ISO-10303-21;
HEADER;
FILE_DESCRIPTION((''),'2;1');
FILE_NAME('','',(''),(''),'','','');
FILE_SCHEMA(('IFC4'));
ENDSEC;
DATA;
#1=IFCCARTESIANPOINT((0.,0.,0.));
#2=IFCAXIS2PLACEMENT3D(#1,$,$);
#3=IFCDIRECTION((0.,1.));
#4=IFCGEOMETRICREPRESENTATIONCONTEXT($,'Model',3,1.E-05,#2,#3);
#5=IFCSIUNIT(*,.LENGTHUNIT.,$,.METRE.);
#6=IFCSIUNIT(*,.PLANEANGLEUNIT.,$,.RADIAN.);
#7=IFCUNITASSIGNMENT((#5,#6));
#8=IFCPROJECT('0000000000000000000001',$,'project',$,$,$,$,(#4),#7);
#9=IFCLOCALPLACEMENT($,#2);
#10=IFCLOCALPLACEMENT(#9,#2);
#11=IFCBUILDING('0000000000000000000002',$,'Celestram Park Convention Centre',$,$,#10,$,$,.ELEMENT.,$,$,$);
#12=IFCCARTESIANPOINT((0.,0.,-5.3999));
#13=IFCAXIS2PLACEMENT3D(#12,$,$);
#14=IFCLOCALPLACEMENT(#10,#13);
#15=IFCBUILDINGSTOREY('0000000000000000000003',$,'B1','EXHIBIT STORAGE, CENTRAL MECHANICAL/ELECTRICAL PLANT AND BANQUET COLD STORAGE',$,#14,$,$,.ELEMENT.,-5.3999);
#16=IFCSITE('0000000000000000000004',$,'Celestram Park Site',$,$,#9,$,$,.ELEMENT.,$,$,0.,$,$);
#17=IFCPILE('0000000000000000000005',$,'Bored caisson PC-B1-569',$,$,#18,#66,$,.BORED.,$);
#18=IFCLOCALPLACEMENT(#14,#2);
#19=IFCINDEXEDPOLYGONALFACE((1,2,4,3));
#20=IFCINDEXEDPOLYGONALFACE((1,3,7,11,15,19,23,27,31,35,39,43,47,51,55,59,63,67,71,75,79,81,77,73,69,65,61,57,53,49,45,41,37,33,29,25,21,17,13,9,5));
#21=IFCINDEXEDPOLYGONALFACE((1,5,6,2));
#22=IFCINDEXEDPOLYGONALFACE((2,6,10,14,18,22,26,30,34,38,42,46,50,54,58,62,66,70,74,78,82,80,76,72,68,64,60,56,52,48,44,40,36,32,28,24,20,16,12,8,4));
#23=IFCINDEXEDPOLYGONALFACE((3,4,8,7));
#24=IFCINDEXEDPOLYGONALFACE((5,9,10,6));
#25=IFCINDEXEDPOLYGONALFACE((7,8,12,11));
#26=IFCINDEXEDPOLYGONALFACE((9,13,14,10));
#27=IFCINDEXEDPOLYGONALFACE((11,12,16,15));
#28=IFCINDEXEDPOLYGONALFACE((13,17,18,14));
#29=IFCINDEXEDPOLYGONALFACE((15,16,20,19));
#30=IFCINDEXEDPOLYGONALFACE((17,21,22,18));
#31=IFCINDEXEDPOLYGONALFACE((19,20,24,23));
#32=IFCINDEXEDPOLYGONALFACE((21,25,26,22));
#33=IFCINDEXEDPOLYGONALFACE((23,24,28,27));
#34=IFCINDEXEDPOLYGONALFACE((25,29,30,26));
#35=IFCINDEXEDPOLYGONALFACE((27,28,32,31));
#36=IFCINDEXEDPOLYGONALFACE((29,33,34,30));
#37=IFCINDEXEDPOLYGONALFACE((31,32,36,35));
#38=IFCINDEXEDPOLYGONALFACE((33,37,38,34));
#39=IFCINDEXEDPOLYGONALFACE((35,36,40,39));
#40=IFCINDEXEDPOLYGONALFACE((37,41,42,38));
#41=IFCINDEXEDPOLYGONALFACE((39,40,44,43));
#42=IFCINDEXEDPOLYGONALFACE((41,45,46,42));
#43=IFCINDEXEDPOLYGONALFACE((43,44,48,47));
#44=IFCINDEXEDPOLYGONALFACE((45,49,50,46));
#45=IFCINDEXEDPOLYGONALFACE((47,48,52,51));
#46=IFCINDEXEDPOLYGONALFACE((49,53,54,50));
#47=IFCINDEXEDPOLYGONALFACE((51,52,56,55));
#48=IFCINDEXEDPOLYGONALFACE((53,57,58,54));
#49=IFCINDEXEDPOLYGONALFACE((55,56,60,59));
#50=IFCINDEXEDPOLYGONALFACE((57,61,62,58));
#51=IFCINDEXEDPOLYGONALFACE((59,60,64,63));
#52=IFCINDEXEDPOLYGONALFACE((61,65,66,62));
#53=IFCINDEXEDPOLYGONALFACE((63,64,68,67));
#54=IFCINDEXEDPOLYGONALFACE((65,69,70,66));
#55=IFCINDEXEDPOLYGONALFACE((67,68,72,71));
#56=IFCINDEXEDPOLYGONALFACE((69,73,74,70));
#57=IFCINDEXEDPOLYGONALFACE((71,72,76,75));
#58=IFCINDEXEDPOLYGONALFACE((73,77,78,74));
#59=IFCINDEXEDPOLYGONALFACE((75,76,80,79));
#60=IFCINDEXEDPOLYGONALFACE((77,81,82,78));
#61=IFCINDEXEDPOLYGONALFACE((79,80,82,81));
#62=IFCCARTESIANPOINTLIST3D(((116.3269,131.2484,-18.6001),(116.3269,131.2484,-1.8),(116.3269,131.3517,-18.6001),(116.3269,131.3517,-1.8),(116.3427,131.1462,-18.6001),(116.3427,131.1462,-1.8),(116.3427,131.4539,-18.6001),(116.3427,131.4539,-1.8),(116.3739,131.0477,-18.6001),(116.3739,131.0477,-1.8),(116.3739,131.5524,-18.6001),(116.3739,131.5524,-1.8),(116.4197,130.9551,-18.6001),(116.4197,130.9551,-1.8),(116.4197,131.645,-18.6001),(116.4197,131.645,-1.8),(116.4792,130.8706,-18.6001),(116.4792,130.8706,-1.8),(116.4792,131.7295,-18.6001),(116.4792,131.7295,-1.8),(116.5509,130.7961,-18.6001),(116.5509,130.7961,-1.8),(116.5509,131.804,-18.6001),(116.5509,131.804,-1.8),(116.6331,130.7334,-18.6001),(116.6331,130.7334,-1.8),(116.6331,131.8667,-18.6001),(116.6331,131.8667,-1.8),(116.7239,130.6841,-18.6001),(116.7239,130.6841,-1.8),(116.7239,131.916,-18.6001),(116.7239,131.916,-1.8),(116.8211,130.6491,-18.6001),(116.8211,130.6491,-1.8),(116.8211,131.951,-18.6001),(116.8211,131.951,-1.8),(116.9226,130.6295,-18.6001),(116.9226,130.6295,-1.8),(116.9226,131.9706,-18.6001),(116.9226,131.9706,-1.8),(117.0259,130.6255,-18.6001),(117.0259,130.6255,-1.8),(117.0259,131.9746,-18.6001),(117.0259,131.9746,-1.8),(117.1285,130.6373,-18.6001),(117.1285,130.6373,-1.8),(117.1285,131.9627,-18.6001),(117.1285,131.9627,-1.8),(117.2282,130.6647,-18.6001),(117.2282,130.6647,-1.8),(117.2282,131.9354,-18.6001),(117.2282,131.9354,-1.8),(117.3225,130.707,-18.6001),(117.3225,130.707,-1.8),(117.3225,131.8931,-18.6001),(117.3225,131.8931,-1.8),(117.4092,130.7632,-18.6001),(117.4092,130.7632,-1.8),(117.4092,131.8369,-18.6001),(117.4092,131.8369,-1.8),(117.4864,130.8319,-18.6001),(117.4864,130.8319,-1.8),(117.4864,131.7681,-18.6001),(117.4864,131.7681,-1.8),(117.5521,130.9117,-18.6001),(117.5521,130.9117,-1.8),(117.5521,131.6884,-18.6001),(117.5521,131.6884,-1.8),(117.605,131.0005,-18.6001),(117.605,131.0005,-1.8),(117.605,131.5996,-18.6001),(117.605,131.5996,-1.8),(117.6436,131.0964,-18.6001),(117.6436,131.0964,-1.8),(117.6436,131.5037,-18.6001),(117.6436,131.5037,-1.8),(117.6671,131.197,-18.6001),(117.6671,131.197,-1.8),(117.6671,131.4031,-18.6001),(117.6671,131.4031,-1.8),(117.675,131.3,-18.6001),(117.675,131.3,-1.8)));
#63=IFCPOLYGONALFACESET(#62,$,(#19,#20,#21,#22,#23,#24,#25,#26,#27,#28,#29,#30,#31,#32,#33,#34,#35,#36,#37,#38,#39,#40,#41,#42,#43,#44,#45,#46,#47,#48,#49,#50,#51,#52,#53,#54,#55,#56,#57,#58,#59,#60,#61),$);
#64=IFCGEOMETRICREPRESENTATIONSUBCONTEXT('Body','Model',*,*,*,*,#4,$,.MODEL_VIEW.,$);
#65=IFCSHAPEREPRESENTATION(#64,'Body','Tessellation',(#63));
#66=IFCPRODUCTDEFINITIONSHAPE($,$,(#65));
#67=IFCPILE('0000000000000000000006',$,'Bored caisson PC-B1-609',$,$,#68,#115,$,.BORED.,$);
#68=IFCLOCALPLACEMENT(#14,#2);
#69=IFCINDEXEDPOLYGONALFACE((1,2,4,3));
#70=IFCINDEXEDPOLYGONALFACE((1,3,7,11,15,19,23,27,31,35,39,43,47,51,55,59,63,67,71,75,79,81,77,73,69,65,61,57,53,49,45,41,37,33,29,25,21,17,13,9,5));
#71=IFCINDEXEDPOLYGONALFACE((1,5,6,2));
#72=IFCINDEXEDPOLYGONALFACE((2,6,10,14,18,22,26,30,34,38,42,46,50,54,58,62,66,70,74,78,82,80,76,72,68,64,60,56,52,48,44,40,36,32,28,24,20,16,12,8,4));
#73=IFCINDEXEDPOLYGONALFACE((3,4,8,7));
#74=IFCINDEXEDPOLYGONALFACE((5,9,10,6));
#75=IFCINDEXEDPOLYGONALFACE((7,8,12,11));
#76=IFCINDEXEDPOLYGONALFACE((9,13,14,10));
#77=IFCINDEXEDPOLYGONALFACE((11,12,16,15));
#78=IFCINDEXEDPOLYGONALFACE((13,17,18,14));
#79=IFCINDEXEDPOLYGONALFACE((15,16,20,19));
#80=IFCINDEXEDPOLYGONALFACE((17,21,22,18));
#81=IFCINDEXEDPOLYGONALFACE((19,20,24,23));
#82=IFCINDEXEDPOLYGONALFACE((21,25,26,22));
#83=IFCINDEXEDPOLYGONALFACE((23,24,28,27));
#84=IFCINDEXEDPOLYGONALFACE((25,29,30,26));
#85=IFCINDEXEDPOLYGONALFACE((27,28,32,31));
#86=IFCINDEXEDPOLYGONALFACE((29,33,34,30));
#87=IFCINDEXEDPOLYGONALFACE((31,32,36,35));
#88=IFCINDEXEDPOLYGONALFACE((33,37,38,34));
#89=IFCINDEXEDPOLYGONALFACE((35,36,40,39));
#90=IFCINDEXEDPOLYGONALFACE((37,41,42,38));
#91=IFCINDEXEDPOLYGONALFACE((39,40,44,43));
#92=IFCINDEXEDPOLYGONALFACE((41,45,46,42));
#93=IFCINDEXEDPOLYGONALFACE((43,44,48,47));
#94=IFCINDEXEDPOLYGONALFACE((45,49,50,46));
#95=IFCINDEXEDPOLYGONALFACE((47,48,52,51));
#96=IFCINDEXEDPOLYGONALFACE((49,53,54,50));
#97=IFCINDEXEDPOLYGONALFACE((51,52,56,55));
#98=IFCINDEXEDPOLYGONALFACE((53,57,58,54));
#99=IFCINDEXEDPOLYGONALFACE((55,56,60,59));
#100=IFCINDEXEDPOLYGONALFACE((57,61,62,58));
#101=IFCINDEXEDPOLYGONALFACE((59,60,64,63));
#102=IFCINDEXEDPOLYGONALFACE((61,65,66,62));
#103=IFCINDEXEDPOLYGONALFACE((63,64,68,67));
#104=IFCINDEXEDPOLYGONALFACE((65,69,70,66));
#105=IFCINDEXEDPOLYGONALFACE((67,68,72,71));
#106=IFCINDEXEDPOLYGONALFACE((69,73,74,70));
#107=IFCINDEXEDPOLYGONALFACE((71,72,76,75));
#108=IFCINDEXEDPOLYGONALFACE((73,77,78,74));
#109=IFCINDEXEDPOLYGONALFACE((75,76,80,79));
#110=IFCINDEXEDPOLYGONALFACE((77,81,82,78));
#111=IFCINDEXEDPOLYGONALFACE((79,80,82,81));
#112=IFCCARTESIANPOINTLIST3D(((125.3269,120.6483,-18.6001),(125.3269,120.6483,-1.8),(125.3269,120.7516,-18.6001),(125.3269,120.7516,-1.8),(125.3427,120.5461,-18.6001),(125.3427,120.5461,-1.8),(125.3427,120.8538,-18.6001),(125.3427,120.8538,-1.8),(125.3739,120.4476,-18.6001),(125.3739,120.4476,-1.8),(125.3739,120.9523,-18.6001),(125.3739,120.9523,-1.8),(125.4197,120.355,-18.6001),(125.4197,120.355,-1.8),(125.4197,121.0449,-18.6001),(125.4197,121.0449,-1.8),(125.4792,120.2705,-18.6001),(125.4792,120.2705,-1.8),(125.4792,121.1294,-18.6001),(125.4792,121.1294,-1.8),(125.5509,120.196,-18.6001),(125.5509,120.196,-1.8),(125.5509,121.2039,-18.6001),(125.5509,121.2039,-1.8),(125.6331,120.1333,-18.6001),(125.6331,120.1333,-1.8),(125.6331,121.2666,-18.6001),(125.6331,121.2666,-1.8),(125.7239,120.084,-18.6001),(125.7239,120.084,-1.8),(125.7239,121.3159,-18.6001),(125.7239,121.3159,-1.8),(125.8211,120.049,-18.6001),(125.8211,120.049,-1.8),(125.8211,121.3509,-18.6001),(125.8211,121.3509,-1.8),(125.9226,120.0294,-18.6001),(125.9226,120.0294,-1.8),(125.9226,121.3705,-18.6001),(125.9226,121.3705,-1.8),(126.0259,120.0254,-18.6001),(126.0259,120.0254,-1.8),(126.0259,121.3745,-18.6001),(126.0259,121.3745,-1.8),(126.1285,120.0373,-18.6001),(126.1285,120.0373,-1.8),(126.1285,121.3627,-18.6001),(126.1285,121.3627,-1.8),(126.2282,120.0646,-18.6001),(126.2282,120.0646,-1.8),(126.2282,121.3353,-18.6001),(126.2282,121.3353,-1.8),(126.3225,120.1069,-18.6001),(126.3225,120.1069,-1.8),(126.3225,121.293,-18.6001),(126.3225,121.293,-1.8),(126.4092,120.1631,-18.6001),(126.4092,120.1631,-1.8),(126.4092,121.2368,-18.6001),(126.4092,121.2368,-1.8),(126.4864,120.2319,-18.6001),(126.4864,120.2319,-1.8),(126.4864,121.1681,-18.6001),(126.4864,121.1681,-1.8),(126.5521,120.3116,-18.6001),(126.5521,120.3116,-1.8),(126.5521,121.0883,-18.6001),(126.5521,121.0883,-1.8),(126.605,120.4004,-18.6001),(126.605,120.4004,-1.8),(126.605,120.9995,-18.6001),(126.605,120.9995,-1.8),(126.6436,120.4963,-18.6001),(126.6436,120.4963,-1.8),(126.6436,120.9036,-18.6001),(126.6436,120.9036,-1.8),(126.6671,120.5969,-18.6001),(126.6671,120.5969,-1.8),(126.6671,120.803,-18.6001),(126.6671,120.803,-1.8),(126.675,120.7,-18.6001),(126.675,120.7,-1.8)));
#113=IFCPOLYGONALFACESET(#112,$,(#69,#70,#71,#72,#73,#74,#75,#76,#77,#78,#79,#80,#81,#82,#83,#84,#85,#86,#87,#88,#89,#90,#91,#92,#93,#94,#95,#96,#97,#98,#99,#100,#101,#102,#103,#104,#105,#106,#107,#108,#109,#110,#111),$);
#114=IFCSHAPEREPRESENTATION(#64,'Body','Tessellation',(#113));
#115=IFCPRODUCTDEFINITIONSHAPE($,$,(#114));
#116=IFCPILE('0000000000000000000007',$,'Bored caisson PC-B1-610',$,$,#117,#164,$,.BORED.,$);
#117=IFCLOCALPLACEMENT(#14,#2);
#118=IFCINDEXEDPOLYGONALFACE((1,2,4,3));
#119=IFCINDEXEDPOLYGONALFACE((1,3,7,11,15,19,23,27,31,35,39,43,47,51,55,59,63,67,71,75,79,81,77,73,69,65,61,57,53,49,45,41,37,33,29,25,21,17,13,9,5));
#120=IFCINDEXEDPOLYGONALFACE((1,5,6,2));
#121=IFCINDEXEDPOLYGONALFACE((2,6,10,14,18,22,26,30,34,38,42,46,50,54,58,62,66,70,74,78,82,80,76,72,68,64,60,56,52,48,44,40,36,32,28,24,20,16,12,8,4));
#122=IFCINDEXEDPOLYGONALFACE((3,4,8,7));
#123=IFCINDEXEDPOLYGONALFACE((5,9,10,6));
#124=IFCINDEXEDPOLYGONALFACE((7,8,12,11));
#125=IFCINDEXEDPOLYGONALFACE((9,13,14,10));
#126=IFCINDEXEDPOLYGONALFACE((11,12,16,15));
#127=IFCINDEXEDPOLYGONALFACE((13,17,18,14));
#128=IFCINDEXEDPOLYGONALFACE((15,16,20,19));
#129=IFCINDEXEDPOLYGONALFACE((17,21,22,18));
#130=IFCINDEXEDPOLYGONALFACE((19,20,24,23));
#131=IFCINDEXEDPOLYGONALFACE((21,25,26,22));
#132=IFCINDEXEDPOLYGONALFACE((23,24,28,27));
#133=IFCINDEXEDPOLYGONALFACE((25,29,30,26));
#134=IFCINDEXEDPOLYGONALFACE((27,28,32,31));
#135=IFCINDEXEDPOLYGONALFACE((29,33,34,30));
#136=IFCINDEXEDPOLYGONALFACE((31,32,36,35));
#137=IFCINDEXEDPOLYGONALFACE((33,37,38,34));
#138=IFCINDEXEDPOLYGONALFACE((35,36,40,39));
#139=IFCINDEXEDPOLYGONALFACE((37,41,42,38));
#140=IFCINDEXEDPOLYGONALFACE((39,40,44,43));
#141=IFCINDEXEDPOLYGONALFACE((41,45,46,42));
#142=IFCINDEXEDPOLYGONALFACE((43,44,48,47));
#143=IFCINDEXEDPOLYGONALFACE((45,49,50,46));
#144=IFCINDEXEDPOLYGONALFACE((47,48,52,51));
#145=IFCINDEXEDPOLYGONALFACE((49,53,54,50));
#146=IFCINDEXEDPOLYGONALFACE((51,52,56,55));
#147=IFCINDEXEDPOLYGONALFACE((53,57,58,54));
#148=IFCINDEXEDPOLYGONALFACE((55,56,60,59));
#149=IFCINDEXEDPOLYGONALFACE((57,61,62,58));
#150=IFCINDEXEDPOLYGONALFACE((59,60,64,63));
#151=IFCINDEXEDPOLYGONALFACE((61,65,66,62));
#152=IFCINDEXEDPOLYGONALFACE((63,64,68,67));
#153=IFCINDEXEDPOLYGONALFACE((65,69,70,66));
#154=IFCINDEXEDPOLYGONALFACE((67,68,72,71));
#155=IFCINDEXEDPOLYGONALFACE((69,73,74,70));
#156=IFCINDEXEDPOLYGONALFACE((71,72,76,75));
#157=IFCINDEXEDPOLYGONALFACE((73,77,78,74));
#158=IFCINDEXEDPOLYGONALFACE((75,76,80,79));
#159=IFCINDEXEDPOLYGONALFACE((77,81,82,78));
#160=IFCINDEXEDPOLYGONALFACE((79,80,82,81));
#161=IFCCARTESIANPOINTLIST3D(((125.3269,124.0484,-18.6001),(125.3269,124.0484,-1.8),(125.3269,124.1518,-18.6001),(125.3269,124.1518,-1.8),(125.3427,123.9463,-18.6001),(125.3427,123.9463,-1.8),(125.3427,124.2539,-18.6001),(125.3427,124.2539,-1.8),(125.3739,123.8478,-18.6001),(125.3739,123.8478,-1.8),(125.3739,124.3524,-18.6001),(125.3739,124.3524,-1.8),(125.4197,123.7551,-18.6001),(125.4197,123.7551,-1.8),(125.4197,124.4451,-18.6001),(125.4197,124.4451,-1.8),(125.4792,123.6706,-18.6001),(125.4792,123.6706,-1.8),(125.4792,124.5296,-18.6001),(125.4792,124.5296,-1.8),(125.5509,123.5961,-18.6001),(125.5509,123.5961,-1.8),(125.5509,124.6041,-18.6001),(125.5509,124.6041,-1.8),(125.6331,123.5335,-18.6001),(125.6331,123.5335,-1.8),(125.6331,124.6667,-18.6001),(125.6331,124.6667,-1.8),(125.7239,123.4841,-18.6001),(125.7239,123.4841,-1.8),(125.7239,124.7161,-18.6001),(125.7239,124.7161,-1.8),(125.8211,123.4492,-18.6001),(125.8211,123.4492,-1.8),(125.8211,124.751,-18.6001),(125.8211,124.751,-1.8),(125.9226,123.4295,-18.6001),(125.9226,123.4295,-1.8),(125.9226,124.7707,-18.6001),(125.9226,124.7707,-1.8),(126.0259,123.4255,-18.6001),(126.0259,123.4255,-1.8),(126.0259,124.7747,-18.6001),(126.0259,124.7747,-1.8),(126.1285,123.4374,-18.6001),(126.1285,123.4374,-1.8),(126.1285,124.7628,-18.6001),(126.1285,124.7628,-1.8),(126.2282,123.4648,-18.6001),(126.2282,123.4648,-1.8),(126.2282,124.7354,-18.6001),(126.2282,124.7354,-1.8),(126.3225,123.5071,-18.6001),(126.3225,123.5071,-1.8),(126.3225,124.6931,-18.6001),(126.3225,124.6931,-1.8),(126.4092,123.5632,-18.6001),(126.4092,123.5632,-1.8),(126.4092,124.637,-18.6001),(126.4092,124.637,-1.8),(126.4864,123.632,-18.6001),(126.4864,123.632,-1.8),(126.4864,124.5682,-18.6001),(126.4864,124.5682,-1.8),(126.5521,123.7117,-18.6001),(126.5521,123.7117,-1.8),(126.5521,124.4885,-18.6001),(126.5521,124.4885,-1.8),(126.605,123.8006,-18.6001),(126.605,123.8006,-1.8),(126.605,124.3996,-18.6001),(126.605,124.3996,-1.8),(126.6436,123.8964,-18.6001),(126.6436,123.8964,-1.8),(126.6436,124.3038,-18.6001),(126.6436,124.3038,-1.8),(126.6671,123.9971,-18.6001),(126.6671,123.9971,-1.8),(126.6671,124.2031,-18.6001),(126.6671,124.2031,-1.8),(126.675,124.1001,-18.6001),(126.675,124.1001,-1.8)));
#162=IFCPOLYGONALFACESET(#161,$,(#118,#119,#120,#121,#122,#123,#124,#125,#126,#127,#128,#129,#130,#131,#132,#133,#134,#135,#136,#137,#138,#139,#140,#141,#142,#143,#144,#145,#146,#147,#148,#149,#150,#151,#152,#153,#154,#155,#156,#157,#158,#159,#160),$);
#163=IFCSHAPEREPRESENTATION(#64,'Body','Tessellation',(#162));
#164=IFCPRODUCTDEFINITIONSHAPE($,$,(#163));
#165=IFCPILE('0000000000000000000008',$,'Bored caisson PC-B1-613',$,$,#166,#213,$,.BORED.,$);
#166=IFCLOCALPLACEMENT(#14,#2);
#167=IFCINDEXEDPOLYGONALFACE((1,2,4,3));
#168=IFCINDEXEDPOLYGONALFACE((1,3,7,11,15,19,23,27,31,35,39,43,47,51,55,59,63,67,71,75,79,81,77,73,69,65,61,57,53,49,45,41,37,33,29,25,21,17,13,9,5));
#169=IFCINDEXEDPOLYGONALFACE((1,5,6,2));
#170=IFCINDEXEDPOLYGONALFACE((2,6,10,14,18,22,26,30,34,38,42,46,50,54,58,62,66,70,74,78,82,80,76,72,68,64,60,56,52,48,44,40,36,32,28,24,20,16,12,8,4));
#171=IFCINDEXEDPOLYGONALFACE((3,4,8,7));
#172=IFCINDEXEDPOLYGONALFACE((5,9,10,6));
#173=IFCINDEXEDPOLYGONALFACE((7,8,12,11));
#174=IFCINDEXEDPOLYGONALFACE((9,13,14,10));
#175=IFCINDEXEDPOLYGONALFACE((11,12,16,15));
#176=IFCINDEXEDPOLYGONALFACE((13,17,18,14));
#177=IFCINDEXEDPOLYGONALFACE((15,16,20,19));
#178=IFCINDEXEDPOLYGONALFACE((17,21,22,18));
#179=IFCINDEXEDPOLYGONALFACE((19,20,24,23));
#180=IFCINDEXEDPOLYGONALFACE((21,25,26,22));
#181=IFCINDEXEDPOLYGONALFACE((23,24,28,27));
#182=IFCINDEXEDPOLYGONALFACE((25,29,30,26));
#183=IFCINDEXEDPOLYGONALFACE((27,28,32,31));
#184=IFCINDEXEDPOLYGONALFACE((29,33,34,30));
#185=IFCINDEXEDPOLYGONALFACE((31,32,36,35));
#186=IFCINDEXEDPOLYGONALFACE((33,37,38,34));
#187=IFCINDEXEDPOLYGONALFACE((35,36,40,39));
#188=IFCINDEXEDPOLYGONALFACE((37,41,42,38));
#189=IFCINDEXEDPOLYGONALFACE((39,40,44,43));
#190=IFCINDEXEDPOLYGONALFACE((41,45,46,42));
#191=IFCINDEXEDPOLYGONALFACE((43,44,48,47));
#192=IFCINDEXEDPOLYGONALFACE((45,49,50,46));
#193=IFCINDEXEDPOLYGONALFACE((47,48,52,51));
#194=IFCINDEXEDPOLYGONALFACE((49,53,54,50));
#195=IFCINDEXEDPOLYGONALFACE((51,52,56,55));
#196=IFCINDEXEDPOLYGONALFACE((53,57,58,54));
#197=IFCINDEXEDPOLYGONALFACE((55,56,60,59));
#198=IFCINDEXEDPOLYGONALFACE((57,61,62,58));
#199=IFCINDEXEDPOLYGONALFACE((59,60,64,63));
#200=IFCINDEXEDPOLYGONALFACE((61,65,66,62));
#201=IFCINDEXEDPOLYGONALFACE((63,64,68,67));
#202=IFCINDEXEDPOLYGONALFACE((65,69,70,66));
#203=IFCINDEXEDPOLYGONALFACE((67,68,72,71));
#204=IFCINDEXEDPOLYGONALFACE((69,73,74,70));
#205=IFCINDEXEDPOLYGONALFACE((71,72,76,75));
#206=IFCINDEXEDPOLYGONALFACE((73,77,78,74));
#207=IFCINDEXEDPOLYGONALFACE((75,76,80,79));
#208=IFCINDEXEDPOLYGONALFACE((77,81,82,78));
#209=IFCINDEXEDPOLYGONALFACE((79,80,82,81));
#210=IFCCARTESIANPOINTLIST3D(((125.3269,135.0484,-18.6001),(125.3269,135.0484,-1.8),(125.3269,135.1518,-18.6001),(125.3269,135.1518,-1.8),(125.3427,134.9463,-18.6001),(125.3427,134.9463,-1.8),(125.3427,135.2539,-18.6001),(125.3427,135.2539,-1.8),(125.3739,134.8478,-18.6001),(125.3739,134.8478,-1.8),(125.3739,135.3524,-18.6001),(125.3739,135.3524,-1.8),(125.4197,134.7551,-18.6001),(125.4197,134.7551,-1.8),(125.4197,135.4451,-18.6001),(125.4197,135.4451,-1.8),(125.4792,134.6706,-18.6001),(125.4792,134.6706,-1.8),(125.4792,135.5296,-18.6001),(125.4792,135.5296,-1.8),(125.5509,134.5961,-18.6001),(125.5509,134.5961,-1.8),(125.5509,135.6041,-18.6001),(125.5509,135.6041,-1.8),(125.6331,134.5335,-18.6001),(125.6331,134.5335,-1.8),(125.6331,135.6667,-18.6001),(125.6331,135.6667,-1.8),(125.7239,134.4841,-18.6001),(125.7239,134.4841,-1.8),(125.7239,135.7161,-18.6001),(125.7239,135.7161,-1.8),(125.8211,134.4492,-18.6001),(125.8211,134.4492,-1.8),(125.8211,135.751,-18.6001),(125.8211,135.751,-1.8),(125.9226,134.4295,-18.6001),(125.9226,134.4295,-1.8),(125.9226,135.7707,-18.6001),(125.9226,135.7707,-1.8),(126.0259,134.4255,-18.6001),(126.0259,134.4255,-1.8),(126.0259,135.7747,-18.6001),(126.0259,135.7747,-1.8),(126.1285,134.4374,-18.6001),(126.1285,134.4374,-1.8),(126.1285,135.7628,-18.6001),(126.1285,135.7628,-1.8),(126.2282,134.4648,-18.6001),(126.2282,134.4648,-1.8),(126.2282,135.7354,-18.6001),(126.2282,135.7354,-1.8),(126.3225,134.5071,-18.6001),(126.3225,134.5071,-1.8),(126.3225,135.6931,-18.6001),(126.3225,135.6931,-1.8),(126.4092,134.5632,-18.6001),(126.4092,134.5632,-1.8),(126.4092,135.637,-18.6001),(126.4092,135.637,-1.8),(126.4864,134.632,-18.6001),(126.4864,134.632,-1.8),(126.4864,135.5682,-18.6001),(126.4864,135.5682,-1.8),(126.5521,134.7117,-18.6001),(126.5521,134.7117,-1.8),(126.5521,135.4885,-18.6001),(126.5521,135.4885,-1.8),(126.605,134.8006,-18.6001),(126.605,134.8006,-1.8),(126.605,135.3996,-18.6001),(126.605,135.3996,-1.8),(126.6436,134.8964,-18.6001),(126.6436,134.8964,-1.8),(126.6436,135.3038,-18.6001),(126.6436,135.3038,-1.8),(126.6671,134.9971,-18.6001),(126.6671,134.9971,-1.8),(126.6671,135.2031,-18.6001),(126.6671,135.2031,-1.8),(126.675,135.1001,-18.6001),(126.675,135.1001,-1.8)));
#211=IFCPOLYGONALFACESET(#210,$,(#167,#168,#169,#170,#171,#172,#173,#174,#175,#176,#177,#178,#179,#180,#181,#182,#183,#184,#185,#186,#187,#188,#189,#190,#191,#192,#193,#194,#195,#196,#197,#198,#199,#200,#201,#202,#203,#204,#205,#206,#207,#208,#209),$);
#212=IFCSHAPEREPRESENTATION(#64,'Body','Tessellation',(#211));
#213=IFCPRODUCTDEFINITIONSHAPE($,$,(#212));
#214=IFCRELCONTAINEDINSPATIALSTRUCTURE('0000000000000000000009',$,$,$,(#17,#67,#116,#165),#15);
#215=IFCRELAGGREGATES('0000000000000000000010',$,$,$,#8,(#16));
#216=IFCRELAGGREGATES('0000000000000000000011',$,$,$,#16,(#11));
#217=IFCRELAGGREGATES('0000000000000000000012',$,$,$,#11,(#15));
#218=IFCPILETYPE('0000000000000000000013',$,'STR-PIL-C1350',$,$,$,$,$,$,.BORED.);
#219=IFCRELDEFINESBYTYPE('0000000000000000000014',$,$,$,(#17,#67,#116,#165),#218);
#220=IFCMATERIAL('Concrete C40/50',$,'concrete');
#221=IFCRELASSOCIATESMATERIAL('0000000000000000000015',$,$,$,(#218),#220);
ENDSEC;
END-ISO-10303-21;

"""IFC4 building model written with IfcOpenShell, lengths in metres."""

from ifc_helpers import new_model, si_unit, direction, frame, origin, origin_2d, place, context, subcontext, project, spatial, circle, extrude, material, material_profile, profile_set, type_object, element, save


model = new_model("IFC4")

# Units and contexts
model_context = context("Model", 3, precision=1e-05, world=origin(), true_north=direction((0.0, 1.0)))
body_context = subcontext(model_context, "Body", "Model", "MODEL_VIEW")
ifc_project = project(units=[si_unit("LENGTHUNIT", "METRE"), si_unit("PLANEANGLEUNIT", "RADIAN")], contexts=[model_context])

# Site, building, storey
site_placement = place(None, origin())
site = spatial("IfcSite", under=ifc_project, at=site_placement, Name="Celestram Park Site", CompositionType="ELEMENT", RefElevation=0.0)
building_placement = place(site_placement, origin())
building = spatial("IfcBuilding", under=site, at=building_placement, Name="Celestram Park Convention Centre", CompositionType="ELEMENT")
storey_placement = place(building_placement, frame((0.0, 0.0, -5.3999)))
storey = spatial("IfcBuildingStorey", under=building, at=storey_placement, Name="B1", Description="EXHIBIT STORAGE, CENTRAL MECHANICAL/ELECTRICAL PLANT AND BANQUET COLD STORAGE", CompositionType="ELEMENT", Elevation=-5.3999)

# Shared definitions
ifc_material_1 = material(Name="Concrete C40/50", Category="concrete")

# Piles
ifc_material_profile_1 = material_profile(ifc_material_1, circle(Radius=0.675, at=origin_2d()), Name="CAISSON1350")
ifc_profile_set_1 = profile_set([ifc_material_profile_1], Name="Concrete C40/50")
pile_type_1 = type_object("IfcPileType", Name="STR-PIL-C1350", PredefinedType="BORED", material=ifc_profile_set_1)
for number, where, z_axis, x_axis, name in (
    (1, (117.0, 131.3, -1.8), (0.0, 0.0, -1.0), (1.0, 0.0, 0.0), "Bored caisson PC-B1-569"),
    (2, (126.0, 120.7, -1.8), (0.0, 0.0, -1.0), (1.0, 0.0, 0.0), "Bored caisson PC-B1-609"),
    (3, (126.0, 124.1001, -1.8), (0.0, 0.0, -1.0), (1.0, 0.0, 0.0), "Bored caisson PC-B1-610"),
    (4, (126.0, 135.1001, -1.8), (0.0, 0.0, -1.0), (1.0, 0.0, 0.0), "Bored caisson PC-B1-613"),
):
    element("IfcPile", number, at=place(storey_placement, frame(where, z_axis=z_axis, x_axis=x_axis)), inside=storey, type_object=pile_type_1, Name=name, PredefinedType="BORED", context=body_context, shape_type="SweptSolid", body=[
        extrude(circle(Radius=0.675, at=origin_2d()), origin(), (0.0, 0.0, 1.0), 16.8),
    ])

save(model, "model.ifc")
